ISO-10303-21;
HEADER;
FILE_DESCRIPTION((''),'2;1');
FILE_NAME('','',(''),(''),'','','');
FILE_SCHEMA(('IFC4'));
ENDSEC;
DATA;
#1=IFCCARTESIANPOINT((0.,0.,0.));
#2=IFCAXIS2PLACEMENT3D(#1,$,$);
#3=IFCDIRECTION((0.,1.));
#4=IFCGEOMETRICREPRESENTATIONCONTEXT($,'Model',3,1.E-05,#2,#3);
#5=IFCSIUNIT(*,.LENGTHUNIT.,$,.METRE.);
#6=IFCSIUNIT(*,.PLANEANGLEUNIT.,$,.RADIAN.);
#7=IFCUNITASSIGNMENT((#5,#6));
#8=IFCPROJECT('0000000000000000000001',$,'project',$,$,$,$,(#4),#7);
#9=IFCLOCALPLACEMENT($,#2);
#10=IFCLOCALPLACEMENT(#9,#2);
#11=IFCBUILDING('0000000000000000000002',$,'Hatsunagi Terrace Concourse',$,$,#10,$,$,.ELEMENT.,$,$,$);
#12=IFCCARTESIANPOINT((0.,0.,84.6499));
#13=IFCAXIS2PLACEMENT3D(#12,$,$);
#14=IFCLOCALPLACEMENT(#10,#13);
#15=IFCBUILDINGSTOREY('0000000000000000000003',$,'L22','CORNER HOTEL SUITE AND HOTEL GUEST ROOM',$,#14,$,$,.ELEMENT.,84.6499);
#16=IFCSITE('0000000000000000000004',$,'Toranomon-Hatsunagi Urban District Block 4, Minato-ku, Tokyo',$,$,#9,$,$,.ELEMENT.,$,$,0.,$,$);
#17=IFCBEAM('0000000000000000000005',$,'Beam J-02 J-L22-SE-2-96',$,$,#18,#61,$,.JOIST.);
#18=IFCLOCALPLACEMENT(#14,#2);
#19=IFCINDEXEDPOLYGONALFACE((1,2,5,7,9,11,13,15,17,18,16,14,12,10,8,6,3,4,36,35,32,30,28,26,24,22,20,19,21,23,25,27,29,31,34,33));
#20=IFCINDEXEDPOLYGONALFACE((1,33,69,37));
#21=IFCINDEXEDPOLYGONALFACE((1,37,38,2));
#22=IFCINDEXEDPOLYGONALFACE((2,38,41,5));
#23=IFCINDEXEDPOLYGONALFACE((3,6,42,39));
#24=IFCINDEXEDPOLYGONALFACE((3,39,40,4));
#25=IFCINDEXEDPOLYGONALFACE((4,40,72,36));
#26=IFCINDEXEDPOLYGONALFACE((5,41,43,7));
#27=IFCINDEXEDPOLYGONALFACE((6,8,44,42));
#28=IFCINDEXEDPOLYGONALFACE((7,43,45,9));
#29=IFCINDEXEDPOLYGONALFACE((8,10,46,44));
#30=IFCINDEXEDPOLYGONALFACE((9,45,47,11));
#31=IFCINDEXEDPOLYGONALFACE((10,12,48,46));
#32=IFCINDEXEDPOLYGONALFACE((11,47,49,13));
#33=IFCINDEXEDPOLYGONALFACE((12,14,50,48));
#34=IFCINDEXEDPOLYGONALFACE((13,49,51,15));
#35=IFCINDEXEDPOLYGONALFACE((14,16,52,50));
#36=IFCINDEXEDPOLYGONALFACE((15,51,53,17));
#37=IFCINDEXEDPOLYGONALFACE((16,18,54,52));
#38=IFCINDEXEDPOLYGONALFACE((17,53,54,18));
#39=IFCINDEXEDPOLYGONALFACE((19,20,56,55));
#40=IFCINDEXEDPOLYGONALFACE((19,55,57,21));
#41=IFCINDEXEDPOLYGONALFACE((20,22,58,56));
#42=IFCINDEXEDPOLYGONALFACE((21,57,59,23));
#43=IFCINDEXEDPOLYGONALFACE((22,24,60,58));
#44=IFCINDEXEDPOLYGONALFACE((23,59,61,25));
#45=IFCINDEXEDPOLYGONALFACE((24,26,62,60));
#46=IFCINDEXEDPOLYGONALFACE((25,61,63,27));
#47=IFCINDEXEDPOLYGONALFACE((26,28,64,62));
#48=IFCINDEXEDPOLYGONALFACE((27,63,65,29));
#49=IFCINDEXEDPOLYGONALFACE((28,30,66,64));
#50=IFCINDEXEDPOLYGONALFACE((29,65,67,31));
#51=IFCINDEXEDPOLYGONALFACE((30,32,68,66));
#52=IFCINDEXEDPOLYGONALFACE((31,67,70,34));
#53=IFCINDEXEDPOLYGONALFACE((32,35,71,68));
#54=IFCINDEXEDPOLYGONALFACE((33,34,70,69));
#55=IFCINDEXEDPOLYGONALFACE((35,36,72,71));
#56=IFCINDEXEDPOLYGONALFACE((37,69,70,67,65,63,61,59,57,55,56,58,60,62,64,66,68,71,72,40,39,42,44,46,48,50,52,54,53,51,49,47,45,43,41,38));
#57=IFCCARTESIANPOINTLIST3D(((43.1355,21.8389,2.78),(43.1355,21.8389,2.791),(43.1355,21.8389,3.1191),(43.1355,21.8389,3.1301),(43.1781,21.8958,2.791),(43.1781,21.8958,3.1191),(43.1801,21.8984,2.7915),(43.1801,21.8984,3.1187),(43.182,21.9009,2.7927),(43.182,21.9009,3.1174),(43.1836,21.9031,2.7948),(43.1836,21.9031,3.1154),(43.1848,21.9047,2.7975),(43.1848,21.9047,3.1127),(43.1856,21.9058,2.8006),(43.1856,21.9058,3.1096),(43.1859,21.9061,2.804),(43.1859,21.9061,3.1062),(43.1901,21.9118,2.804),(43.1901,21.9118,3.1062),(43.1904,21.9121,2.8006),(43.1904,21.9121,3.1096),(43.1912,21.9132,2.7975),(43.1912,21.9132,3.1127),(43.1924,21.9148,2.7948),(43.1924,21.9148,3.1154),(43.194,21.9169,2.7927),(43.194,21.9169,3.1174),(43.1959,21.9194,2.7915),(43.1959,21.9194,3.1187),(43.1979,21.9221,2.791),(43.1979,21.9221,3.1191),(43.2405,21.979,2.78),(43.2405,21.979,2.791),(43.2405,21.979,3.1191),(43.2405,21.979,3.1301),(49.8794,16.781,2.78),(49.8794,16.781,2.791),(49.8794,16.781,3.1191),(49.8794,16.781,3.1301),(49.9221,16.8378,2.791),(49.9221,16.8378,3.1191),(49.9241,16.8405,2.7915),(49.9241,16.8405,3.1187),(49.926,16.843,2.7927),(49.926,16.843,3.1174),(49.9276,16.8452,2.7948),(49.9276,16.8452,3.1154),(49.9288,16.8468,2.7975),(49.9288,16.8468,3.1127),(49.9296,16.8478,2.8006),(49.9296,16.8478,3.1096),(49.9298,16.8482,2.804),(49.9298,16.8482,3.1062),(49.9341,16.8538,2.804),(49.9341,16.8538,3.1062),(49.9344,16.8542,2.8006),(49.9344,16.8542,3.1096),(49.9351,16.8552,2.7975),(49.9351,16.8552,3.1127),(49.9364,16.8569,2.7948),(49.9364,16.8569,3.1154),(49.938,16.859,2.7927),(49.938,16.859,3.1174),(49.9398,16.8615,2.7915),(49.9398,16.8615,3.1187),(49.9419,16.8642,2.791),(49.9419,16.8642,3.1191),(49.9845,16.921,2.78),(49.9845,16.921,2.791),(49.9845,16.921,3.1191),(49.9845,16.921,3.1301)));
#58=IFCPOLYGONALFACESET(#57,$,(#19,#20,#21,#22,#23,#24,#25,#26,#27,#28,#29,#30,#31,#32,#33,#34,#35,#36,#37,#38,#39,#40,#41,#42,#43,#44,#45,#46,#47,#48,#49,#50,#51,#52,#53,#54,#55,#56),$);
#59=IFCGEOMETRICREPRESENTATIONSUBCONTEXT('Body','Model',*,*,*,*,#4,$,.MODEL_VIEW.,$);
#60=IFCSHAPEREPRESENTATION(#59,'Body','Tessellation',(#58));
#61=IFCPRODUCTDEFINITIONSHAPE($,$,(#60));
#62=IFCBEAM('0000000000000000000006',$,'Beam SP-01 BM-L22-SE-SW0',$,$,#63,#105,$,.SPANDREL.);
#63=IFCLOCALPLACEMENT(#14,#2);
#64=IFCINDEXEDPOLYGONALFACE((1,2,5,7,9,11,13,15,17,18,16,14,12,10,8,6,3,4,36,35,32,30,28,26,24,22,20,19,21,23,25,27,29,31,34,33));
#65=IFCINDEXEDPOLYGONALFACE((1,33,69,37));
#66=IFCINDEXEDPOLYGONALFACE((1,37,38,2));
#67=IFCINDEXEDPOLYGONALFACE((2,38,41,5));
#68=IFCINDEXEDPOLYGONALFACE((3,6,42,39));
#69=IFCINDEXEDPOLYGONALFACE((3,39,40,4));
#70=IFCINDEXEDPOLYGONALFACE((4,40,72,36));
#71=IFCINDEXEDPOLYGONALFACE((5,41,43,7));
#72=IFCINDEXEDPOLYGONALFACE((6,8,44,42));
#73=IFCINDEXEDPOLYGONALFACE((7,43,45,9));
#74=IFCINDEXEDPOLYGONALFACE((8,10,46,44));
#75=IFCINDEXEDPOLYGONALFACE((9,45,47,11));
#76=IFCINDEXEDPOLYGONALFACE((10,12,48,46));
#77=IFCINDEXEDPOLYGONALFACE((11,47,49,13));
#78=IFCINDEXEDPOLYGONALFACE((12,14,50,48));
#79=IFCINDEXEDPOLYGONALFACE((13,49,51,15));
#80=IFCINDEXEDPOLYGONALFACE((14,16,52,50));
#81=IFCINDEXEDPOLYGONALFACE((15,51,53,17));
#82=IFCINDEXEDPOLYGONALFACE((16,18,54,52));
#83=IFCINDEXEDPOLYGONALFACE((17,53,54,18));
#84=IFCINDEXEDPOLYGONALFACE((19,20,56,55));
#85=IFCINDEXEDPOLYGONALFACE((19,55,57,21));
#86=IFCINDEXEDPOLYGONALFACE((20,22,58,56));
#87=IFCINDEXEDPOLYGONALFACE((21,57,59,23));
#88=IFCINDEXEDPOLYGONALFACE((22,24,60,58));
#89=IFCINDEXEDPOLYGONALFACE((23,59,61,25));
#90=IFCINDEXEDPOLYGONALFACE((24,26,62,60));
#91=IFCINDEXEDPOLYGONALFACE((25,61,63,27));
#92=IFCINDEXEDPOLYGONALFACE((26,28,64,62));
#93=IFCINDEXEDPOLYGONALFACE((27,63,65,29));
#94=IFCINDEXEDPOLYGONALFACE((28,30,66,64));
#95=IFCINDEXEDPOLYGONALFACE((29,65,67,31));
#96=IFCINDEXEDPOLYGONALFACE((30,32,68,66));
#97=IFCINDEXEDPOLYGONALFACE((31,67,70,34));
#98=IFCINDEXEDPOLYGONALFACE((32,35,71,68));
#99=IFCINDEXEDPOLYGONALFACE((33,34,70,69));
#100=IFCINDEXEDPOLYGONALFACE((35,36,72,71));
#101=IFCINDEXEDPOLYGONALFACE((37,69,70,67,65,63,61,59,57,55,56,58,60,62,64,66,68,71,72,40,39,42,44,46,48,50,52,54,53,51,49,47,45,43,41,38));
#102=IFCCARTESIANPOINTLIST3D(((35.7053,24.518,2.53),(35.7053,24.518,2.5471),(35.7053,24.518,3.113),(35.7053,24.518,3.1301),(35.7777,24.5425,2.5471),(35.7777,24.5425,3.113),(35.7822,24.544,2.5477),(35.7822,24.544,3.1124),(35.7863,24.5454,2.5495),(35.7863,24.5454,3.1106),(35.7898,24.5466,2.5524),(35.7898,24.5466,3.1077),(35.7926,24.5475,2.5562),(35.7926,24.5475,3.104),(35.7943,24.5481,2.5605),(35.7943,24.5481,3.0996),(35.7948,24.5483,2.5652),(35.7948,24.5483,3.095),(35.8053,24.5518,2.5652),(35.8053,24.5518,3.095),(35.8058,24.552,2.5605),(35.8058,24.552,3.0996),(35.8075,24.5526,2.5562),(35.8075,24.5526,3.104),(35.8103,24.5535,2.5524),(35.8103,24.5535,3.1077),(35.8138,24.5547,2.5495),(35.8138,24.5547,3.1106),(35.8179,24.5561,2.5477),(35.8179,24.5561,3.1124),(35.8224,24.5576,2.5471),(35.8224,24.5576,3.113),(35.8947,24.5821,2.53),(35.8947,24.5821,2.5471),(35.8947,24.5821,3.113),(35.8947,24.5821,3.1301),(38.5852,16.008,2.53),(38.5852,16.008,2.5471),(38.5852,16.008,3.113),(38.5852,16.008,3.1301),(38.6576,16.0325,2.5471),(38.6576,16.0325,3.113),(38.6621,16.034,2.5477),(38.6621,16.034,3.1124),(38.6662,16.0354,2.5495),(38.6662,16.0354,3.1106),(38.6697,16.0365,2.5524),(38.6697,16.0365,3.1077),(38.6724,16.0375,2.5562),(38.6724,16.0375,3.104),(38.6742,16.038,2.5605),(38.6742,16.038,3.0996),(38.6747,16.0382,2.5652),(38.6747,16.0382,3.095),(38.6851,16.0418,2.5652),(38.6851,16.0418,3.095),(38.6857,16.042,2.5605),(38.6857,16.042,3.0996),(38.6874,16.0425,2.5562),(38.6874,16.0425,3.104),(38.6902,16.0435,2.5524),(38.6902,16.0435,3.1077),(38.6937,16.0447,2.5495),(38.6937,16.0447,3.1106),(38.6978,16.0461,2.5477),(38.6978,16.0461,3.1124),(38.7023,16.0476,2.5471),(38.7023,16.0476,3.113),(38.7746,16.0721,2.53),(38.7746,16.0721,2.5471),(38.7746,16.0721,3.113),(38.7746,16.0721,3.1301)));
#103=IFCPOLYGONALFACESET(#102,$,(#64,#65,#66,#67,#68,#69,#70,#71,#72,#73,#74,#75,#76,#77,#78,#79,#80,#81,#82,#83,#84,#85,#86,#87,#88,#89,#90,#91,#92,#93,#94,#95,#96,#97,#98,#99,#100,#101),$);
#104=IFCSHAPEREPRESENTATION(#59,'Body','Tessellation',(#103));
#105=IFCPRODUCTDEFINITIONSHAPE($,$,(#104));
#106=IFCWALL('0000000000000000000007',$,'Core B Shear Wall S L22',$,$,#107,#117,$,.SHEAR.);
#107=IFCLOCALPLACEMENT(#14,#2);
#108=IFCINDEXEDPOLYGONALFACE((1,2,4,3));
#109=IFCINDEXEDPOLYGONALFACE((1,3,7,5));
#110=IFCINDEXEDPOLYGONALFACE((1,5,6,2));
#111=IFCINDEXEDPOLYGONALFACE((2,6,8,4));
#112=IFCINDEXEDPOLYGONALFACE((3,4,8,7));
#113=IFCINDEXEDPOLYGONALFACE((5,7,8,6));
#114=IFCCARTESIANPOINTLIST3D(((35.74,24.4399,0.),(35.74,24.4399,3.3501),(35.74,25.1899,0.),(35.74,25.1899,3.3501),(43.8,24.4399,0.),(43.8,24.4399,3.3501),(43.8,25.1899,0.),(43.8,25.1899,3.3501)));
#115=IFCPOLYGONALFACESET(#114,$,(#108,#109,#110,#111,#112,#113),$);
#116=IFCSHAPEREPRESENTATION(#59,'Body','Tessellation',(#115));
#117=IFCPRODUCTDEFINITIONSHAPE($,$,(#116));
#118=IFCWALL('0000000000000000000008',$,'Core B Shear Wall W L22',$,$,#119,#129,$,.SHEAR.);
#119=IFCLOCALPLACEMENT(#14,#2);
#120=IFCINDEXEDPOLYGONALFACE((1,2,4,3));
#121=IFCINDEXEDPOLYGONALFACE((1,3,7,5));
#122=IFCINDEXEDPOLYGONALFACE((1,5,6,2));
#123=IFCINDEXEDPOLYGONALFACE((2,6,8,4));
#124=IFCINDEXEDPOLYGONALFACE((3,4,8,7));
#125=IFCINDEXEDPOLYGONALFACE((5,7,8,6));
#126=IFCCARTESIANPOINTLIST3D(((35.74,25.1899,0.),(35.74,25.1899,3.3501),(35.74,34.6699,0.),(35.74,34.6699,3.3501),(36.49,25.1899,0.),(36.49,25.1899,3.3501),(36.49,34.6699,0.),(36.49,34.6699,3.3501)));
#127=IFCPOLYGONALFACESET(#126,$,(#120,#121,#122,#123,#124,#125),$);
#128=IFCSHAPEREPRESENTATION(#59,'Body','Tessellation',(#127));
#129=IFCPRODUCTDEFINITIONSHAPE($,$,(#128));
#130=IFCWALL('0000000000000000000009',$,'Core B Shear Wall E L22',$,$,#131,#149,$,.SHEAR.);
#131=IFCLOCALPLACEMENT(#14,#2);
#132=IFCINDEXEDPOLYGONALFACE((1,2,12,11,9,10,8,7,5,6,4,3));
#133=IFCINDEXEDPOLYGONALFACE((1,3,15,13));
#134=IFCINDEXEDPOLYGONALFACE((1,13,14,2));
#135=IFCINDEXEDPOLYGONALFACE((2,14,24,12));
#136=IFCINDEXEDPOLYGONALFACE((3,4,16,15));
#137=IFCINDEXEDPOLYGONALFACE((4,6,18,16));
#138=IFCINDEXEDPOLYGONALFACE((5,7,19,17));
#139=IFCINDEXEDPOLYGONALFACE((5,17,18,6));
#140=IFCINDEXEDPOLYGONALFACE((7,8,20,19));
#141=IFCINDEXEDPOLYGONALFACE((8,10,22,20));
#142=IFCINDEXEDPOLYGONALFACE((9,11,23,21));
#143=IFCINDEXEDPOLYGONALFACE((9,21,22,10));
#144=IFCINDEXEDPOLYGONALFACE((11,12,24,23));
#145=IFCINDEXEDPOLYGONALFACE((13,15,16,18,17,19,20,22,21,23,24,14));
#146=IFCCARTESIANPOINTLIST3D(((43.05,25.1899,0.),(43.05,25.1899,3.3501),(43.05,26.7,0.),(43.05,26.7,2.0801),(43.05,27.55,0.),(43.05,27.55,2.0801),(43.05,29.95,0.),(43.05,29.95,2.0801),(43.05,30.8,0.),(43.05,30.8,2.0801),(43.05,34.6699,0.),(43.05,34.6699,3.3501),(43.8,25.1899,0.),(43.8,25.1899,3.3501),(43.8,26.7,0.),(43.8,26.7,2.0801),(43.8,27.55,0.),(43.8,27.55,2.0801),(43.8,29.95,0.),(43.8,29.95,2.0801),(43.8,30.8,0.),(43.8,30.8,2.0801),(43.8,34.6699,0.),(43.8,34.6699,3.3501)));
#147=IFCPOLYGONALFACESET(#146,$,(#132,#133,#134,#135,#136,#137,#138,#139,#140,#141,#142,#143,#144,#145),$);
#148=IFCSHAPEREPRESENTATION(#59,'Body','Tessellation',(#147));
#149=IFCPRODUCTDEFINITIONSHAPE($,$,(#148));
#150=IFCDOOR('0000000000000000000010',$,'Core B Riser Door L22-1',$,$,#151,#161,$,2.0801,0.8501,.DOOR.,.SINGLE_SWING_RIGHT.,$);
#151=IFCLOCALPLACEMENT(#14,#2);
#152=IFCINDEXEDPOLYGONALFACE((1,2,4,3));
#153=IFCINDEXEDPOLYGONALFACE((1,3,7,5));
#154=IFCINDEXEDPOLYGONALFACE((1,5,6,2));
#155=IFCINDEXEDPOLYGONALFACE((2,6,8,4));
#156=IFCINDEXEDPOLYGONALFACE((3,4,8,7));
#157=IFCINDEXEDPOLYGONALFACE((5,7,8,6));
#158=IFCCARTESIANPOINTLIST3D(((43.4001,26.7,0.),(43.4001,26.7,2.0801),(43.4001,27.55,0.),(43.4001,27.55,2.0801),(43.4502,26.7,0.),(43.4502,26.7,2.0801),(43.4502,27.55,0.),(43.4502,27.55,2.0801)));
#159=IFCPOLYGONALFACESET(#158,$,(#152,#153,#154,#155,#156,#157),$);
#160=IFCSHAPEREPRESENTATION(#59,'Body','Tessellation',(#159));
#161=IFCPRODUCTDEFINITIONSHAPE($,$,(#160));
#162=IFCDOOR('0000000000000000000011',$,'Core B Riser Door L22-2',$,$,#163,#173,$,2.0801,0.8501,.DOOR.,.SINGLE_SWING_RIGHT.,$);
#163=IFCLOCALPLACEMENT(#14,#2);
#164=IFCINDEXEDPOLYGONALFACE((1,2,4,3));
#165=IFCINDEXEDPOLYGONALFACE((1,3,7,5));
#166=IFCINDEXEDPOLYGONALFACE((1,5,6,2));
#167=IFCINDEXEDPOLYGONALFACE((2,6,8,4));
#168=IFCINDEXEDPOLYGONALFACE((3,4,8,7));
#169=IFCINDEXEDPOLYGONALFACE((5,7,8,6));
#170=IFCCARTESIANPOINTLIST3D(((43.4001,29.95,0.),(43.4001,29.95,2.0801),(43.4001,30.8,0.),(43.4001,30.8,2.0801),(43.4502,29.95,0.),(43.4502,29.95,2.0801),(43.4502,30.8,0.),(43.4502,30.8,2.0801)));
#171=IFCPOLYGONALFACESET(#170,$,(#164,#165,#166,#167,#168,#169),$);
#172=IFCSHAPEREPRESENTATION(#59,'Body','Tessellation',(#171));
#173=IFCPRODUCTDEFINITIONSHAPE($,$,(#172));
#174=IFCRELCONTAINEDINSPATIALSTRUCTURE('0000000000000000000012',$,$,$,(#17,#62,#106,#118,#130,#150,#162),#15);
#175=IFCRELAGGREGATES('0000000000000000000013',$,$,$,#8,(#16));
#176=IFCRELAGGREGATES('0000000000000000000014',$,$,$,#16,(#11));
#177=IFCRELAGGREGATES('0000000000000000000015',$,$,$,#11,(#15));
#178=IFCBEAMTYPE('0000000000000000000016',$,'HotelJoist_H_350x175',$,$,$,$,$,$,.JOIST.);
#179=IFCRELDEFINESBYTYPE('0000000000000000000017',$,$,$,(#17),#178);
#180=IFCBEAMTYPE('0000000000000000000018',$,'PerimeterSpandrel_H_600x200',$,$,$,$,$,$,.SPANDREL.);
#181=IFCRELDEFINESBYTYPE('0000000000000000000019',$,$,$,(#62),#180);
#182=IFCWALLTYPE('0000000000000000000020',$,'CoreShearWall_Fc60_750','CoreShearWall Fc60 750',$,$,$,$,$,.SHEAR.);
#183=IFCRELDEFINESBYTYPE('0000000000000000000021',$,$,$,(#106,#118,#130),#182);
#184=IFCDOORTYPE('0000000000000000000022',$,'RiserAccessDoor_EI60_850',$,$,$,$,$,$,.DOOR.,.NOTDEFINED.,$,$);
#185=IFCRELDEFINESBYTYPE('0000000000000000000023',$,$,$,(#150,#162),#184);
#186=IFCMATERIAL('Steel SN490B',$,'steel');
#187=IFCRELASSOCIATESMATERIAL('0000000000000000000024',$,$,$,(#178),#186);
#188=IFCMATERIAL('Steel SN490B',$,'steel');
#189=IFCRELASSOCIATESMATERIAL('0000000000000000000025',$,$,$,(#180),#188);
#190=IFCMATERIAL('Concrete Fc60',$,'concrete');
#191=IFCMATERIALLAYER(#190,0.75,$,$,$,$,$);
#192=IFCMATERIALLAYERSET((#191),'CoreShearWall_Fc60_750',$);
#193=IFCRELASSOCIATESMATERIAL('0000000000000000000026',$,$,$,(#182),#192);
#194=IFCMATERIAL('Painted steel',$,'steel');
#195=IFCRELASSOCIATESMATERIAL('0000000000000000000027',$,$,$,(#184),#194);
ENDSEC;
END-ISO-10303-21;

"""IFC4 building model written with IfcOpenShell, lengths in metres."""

from ifc_helpers import new_model, si_unit, direction, frame, frame_2d, origin, origin_2d, place, context, subcontext, project, spatial, rectangle, i_section, extrude, material, layer, layer_set, material_profile, profile_set, type_object, element, fill, save


model = new_model("IFC4")

# Units and contexts
model_context = context("Model", 3, precision=1e-05, world=origin(), true_north=direction((0.0, 1.0)))
body_context = subcontext(model_context, "Body", "Model", "MODEL_VIEW")
ifc_project = project(units=[si_unit("LENGTHUNIT", "METRE"), si_unit("PLANEANGLEUNIT", "RADIAN")], contexts=[model_context])

# Site, building, storey
site_placement = place(None, origin())
site = spatial("IfcSite", under=ifc_project, at=site_placement, Name="Toranomon-Hatsunagi Urban District Block 4, Minato-ku, Tokyo", CompositionType="ELEMENT", RefElevation=0.0)
building_placement = place(site_placement, origin())
building = spatial("IfcBuilding", under=site, at=building_placement, Name="Hatsunagi Terrace Concourse", CompositionType="ELEMENT")
storey_placement = place(building_placement, frame((0.0, 0.0, 84.6499)))
storey = spatial("IfcBuildingStorey", under=building, at=storey_placement, Name="L22", Description="CORNER HOTEL SUITE AND HOTEL GUEST ROOM", CompositionType="ELEMENT", Elevation=84.6499)

# Beams
ifc_material_1 = material(Name="Steel SN490B", Category="steel")
ifc_material_profile_1 = material_profile(ifc_material_1, i_section(OverallWidth=0.175, OverallDepth=0.3501, WebThickness=0.0071, FlangeThickness=0.011, FilletRadius=0.0129, at=origin_2d()), Name="H-350x175x7x11")
ifc_profile_set_1 = profile_set([ifc_material_profile_1], Name="Steel SN490B")
beam_type_1 = type_object("IfcBeamType", Name="HotelJoist_H_350x175", PredefinedType="JOIST", material=ifc_profile_set_1)
for number, where, z_axis, x_axis, name in (
    (1, (43.188, 21.9089, 2.9551), (0.800003, -0.599995, 0.0), (0.599995, 0.800003, 0.0), "Beam J-02 J-L22-SE-2-96"),
):
    element("IfcBeam", number, at=place(storey_placement, frame(where, z_axis=z_axis, x_axis=x_axis)), inside=storey, type_object=beam_type_1, Name=name, PredefinedType="JOIST", context=body_context, shape_type="SweptSolid", body=[
        extrude(i_section(OverallWidth=0.175, OverallDepth=0.3501, WebThickness=0.0071, FlangeThickness=0.011, FilletRadius=0.0129, at=origin_2d()), origin(), (0.0, 0.0, 1.0), 8.4299),
    ])
ifc_material_2 = material(Name="Steel SN490B", Category="steel")
ifc_material_profile_2 = material_profile(ifc_material_2, i_section(OverallWidth=0.2, OverallDepth=0.6001, WebThickness=0.011, FlangeThickness=0.0171, FilletRadius=0.0181, at=origin_2d()), Name="H-600x200x11x17")
ifc_profile_set_2 = profile_set([ifc_material_profile_2], Name="Steel SN490B")
beam_type_2 = type_object("IfcBeamType", Name="PerimeterSpandrel_H_600x200", PredefinedType="SPANDREL", material=ifc_profile_set_2)
beam_1_placement = place(storey_placement, frame((35.8, 24.55, 2.8301), z_axis=(0.320553, -0.94723, 0.0), x_axis=(0.94723, 0.320553, 0.0)))
element("IfcBeam", 2, at=beam_1_placement, inside=storey, type_object=beam_type_2, Name="Beam SP-01 BM-L22-SE-SW0", PredefinedType="SPANDREL", context=body_context, shape_type="SweptSolid", body=[
    extrude(i_section(OverallWidth=0.2, OverallDepth=0.6001, WebThickness=0.011, FlangeThickness=0.0171, FilletRadius=0.0181, at=origin_2d()), origin(), (0.0, 0.0, 1.0), 8.9841),
])

# Walls
ifc_material_3 = material(Name="Concrete Fc60", Category="concrete")
ifc_layer_1 = layer(ifc_material_3, 0.75)
ifc_layer_set_1 = layer_set([ifc_layer_1], Name="CoreShearWall_Fc60_750")
wall_type_1 = type_object("IfcWallType", Name="CoreShearWall_Fc60_750", Description="CoreShearWall Fc60 750", PredefinedType="SHEAR", material=ifc_layer_set_1)
wall_1_placement = place(storey_placement, frame((35.74, 24.8149, 0.0), z_axis=(0.0, 0.0, 1.0), x_axis=(1.0, 0.0, 0.0)))
element("IfcWall", 3, at=wall_1_placement, inside=storey, type_object=wall_type_1, Name="Core B Shear Wall S L22", PredefinedType="SHEAR", context=body_context, shape_type="SweptSolid", body=[
    extrude(rectangle(XDim=8.0601, YDim=0.75, at=frame_2d((4.03, 0.0))), origin(), (0.0, 0.0, 1.0), 3.3501),
])
wall_2_placement = place(storey_placement, frame((36.115, 25.1899, 0.0), z_axis=(0.0, 0.0, 1.0), x_axis=(0.0, 1.0, 0.0)))
element("IfcWall", 4, at=wall_2_placement, inside=storey, type_object=wall_type_1, Name="Core B Shear Wall W L22", PredefinedType="SHEAR", context=body_context, shape_type="SweptSolid", body=[
    extrude(rectangle(XDim=9.48, YDim=0.75, at=frame_2d((4.74, 0.0))), origin(), (0.0, 0.0, 1.0), 3.3501),
])

# Wall, openings, doors
wall_3_placement = place(storey_placement, frame((43.425, 25.1899, 0.0), z_axis=(0.0, 0.0, 1.0), x_axis=(0.0, 1.0, 0.0)))
wall_3 = element("IfcWall", 5, at=wall_3_placement, inside=storey, type_object=wall_type_1, Name="Core B Shear Wall E L22", PredefinedType="SHEAR", context=body_context, shape_type="SweptSolid", body=[
    extrude(rectangle(XDim=9.48, YDim=0.75, at=frame_2d((4.74, 0.0))), origin(), (0.0, 0.0, 1.0), 3.3501),
])
opening_1_placement = place(wall_3_placement, frame((1.51, 0.0, 0.0)))
opening_1 = element("IfcOpeningElement", 6, at=opening_1_placement, cuts=wall_3, PredefinedType="OPENING", context=body_context, shape_type="SweptSolid", body=[
    extrude(rectangle(XDim=0.8501, YDim=2.0801, at=frame_2d((0.425, 1.04))), frame((0.0, 0.385, 0.0), z_axis=(0.0, -1.0, 0.0), x_axis=(1.0, 0.0, 0.0)), (0.0, 0.0, 1.0), 0.77),
])
opening_2_placement = place(wall_3_placement, frame((4.76, 0.0, 0.0)))
opening_2 = element("IfcOpeningElement", 7, at=opening_2_placement, cuts=wall_3, PredefinedType="OPENING", context=body_context, shape_type="SweptSolid", body=[
    extrude(rectangle(XDim=0.8501, YDim=2.0801, at=frame_2d((0.425, 1.04))), frame((0.0, 0.385, 0.0), z_axis=(0.0, -1.0, 0.0), x_axis=(1.0, 0.0, 0.0)), (0.0, 0.0, 1.0), 0.77),
])
ifc_material_4 = material(Name="Painted steel", Category="steel")
door_type_1 = type_object("IfcDoorType", Name="RiserAccessDoor_EI60_850", OperationType="NOTDEFINED", PredefinedType="DOOR", material=ifc_material_4)
door_1_placement = place(opening_1_placement, origin())
door_1 = element("IfcDoor", 8, at=door_1_placement, inside=storey, type_object=door_type_1, Name="Core B Riser Door L22-1", OperationType="SINGLE_SWING_RIGHT", OverallHeight=2.0801, OverallWidth=0.8501, PredefinedType="DOOR", context=body_context, shape_type="SweptSolid", body=[
    extrude(rectangle(XDim=0.8501, YDim=2.0801, at=frame_2d((0.425, 1.04))), frame((0.0, 0.0249, 0.0), z_axis=(0.0, -1.0, 0.0), x_axis=(1.0, 0.0, 0.0)), (0.0, 0.0, 1.0), 0.05),
])
fill(opening_1, door_1)
door_2_placement = place(opening_2_placement, origin())
door_2 = element("IfcDoor", 9, at=door_2_placement, inside=storey, type_object=door_type_1, Name="Core B Riser Door L22-2", OperationType="SINGLE_SWING_RIGHT", OverallHeight=2.0801, OverallWidth=0.8501, PredefinedType="DOOR", context=body_context, shape_type="SweptSolid", body=[
    extrude(rectangle(XDim=0.8501, YDim=2.0801, at=frame_2d((0.425, 1.04))), frame((0.0, 0.0249, 0.0), z_axis=(0.0, -1.0, 0.0), x_axis=(1.0, 0.0, 0.0)), (0.0, 0.0, 1.0), 0.05),
])
fill(opening_2, door_2)

save(model, "model.ifc")
